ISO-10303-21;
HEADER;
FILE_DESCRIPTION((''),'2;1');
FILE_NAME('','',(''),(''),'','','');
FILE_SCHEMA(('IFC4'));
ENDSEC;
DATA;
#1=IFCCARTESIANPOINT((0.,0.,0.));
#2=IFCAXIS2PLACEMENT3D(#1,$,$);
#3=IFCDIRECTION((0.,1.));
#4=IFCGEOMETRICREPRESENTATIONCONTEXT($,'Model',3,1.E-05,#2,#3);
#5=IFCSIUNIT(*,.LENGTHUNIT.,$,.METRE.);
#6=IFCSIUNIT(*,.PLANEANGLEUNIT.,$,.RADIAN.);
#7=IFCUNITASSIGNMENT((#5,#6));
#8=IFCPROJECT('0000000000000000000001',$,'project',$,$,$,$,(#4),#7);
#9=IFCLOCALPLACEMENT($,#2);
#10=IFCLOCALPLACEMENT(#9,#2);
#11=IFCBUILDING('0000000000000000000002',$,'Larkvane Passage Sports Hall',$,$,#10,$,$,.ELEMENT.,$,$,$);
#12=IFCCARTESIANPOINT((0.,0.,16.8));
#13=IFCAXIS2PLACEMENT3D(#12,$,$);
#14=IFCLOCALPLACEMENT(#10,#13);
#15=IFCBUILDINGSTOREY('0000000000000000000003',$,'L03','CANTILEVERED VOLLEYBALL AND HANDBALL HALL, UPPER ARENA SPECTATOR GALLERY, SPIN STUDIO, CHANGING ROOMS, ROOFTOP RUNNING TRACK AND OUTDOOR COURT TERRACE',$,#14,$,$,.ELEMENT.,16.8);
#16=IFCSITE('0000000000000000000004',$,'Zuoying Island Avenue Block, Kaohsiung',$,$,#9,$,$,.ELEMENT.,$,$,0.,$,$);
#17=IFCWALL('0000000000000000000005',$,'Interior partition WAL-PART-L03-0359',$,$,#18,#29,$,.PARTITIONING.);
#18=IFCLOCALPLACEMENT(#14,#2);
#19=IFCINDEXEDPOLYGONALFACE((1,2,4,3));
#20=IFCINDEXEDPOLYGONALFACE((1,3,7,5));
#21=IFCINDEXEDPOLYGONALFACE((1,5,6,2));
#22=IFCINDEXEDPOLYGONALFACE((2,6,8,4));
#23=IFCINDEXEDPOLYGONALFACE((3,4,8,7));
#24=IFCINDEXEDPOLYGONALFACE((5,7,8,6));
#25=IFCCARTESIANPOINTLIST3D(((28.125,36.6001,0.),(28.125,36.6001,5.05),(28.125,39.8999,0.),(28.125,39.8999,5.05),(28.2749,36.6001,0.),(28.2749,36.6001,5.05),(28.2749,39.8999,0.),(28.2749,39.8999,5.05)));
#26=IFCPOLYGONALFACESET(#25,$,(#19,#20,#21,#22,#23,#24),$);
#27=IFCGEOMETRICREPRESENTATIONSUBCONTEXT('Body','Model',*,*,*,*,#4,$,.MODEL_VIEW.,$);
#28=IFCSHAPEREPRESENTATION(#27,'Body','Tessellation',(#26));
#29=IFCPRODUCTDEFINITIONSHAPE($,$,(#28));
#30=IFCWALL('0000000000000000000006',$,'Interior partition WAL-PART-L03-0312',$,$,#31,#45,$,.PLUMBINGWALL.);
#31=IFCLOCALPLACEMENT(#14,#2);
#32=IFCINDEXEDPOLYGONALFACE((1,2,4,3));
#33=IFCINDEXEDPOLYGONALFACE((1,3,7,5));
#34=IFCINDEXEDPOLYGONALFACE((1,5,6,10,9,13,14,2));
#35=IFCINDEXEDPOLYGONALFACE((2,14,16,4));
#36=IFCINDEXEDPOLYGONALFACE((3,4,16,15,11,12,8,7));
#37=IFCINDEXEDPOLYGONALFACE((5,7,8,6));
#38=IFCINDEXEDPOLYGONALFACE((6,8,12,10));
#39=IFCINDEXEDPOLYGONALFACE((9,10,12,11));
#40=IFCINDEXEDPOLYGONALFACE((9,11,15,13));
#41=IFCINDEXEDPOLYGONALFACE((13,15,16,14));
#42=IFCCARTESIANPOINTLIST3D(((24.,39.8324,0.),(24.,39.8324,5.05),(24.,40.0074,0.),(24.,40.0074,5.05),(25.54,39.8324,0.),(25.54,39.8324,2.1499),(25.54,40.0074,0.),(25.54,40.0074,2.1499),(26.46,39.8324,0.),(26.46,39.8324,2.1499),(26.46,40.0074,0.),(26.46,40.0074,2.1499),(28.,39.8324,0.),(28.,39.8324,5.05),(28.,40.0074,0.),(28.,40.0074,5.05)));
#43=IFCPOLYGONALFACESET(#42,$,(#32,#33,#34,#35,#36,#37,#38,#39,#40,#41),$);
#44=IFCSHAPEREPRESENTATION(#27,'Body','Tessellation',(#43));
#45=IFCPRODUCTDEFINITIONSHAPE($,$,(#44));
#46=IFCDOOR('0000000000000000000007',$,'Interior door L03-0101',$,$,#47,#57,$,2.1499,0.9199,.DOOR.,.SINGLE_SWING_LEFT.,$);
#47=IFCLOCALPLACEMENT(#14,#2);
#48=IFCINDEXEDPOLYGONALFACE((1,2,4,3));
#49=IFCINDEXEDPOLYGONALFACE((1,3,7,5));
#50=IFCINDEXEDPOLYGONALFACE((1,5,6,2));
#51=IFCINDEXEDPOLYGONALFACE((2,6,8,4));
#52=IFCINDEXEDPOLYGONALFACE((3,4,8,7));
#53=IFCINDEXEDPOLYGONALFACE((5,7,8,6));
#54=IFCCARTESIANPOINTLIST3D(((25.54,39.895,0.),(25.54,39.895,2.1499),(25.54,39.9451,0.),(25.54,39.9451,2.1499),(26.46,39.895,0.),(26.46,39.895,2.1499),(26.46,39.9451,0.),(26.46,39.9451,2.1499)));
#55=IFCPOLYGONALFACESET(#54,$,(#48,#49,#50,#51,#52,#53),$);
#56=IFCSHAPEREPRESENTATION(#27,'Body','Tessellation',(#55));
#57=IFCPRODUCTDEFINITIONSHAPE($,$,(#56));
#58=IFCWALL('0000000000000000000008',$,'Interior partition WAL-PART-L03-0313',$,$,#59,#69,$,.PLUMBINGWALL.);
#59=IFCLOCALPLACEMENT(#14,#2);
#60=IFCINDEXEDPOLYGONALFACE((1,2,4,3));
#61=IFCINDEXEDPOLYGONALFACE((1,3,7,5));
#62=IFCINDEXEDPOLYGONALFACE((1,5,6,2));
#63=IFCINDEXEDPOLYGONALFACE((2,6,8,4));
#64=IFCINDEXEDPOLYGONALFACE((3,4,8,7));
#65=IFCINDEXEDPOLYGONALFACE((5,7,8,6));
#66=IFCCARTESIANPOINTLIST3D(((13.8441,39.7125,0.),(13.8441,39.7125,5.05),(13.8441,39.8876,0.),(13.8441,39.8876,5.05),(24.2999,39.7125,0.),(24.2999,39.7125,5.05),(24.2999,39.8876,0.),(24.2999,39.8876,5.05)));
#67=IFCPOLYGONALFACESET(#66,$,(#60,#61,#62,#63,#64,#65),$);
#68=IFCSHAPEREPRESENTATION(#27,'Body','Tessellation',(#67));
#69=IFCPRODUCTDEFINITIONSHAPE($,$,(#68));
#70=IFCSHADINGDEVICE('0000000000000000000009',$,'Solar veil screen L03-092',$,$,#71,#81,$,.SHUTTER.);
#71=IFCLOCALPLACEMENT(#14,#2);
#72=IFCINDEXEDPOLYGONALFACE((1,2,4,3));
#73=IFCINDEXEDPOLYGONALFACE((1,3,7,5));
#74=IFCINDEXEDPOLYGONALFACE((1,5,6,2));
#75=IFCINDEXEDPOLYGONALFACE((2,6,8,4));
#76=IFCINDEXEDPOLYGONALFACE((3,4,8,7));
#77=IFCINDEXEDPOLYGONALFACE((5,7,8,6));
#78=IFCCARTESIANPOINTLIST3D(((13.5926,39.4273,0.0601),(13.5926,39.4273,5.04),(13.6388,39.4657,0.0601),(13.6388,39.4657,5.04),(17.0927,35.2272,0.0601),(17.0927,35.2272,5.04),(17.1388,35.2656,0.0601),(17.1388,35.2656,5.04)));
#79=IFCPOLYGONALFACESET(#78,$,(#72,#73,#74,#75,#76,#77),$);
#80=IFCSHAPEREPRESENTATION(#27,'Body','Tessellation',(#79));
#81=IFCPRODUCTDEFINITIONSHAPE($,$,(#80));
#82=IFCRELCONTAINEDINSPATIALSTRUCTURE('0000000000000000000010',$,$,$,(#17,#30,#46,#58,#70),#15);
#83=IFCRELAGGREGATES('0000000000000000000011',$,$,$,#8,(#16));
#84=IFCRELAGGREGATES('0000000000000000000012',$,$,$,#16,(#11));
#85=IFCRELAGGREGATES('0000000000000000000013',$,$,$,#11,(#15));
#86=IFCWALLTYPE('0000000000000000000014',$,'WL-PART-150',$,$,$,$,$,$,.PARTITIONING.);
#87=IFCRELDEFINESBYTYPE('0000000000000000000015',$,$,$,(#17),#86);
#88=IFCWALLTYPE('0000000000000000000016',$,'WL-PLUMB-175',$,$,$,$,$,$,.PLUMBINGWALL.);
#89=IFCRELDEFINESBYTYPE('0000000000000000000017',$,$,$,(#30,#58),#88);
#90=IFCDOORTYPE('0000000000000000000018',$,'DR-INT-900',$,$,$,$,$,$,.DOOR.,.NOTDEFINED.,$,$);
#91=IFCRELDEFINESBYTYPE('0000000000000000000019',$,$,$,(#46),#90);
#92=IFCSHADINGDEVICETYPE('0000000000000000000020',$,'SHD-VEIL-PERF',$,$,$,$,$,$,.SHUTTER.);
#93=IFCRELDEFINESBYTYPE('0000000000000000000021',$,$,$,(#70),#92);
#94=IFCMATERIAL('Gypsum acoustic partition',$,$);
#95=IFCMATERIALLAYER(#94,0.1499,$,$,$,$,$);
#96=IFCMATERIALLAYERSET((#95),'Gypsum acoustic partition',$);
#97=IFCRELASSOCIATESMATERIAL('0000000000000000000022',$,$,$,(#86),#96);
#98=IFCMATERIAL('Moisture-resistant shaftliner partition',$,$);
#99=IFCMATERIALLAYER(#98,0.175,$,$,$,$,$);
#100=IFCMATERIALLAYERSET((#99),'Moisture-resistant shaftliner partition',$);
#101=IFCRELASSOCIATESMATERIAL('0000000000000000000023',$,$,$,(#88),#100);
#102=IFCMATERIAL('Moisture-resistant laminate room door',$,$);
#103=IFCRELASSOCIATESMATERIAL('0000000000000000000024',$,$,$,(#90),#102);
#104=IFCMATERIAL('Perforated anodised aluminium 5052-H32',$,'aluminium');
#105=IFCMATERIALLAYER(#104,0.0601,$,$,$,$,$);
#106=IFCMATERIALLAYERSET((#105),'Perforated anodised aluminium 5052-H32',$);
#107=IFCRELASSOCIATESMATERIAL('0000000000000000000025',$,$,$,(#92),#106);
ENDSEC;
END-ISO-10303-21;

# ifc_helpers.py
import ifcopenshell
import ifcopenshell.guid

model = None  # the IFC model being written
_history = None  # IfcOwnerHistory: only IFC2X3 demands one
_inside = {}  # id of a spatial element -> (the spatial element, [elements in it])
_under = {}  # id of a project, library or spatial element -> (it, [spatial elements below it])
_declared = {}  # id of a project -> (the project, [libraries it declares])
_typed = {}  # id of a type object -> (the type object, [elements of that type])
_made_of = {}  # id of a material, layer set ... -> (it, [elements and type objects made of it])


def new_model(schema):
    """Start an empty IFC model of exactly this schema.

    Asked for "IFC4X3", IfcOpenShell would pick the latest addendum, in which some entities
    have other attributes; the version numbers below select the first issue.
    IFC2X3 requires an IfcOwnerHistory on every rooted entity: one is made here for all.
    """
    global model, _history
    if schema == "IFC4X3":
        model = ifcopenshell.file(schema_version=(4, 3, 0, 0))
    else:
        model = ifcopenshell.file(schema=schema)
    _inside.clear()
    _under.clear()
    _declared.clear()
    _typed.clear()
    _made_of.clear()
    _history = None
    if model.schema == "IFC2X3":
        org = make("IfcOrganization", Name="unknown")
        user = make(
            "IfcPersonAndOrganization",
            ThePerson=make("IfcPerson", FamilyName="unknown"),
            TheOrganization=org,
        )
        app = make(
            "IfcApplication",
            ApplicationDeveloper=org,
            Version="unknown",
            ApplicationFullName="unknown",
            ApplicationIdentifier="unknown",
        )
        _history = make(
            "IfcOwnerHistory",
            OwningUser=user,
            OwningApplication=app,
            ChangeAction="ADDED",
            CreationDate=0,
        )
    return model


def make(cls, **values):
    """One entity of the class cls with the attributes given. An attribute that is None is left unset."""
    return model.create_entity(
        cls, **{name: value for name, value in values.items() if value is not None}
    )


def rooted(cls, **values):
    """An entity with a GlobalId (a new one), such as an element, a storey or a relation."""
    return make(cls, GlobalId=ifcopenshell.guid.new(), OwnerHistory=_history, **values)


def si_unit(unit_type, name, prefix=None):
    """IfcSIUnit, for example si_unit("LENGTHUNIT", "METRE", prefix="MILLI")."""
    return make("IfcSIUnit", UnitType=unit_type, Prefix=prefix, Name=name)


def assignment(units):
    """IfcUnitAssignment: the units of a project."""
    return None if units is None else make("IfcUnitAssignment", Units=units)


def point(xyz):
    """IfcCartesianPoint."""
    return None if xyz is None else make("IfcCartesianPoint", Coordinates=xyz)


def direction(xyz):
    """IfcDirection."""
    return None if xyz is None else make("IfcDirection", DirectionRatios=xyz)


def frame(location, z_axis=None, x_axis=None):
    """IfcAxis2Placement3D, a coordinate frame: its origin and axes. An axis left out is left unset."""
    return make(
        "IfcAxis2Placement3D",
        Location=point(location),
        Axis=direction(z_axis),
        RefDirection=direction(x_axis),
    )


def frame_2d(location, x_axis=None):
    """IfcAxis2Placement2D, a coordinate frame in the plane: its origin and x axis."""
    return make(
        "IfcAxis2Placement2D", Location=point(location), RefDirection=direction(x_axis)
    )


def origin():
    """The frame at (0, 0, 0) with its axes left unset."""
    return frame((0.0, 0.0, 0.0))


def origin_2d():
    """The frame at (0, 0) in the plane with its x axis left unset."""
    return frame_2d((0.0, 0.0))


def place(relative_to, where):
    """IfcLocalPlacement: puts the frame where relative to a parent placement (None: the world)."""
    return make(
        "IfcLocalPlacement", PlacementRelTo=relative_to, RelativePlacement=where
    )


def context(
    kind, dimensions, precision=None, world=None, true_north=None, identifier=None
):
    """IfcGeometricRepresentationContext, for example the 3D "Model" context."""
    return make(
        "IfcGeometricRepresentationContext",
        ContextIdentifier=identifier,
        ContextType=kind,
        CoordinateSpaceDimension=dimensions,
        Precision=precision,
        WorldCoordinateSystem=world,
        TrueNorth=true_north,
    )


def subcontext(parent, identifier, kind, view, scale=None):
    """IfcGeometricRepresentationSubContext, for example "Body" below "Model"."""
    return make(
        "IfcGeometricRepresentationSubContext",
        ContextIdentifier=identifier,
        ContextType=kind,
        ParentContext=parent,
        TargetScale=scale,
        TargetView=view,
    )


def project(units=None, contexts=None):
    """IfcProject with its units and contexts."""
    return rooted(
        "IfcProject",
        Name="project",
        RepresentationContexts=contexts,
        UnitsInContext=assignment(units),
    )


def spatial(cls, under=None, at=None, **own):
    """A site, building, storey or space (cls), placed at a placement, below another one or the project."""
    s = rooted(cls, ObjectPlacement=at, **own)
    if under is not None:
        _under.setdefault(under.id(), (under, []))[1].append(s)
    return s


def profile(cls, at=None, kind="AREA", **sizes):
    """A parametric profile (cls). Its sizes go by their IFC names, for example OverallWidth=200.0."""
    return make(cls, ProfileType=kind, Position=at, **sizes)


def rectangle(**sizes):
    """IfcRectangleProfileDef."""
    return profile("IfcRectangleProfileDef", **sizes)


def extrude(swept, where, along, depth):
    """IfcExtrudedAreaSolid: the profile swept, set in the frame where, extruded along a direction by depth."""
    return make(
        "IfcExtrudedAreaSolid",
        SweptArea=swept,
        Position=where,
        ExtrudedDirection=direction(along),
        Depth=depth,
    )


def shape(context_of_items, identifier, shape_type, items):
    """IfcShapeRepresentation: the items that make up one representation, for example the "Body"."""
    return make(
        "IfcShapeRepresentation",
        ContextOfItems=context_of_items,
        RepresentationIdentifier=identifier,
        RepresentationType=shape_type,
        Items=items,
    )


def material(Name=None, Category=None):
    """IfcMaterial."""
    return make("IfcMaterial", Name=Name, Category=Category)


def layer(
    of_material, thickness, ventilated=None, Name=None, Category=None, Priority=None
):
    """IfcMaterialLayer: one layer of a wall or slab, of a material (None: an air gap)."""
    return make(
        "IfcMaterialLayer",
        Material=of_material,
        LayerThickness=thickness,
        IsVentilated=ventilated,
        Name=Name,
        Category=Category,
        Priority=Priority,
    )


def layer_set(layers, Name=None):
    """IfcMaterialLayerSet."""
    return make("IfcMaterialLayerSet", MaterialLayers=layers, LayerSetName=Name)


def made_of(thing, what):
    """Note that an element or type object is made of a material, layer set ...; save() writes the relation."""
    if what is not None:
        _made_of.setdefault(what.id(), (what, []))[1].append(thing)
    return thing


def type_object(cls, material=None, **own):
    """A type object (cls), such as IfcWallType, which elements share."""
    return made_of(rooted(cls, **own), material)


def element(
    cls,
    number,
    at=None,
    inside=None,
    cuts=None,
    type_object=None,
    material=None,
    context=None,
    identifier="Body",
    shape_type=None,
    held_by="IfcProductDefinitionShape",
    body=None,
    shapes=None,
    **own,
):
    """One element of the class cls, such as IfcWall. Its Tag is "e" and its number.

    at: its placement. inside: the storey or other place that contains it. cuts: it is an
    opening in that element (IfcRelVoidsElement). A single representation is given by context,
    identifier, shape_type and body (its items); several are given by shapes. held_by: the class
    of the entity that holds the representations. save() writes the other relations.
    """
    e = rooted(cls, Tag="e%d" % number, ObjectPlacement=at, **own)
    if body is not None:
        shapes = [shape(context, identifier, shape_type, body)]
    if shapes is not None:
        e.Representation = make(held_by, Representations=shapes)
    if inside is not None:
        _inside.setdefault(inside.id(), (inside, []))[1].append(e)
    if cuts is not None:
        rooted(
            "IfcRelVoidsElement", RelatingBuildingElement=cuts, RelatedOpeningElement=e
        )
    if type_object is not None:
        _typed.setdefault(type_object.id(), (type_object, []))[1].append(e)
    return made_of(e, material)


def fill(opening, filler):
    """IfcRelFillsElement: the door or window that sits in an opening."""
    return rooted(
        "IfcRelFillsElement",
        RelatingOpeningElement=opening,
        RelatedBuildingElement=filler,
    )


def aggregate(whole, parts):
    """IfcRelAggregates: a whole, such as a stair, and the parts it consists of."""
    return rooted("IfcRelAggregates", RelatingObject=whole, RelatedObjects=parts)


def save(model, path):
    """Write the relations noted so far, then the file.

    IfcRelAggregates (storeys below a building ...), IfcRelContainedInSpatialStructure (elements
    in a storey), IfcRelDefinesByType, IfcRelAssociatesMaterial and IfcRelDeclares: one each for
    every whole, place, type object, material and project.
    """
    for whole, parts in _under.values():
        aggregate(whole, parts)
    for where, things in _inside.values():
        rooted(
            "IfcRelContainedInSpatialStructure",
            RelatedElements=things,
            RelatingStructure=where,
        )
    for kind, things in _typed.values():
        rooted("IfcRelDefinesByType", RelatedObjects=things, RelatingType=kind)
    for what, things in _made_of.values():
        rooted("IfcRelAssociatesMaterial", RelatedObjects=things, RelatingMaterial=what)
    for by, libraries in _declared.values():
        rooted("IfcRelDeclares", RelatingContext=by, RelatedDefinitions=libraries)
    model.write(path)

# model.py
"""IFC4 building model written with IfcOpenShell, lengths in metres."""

from ifc_helpers import new_model, si_unit, direction, frame, frame_2d, origin, origin_2d, place, context, subcontext, project, spatial, rectangle, extrude, material, layer, layer_set, type_object, element, fill, save


model = new_model("IFC4")

# Units and contexts
model_context = context("Model", 3, precision=1e-05, world=origin(), true_north=direction((0.0, 1.0)))
body_context = subcontext(model_context, "Body", "Model", "MODEL_VIEW")
ifc_project = project(units=[si_unit("LENGTHUNIT", "METRE"), si_unit("PLANEANGLEUNIT", "RADIAN")], contexts=[model_context])

# Site, building, storey
site_placement = place(None, origin())
site = spatial("IfcSite", under=ifc_project, at=site_placement, Name="Zuoying Island Avenue Block, Kaohsiung", CompositionType="ELEMENT", RefElevation=0.0)
building_placement = place(site_placement, origin())
building = spatial("IfcBuilding", under=site, at=building_placement, Name="Larkvane Passage Sports Hall", CompositionType="ELEMENT")
storey_placement = place(building_placement, frame((0.0, 0.0, 16.8)))
storey = spatial("IfcBuildingStorey", under=building, at=storey_placement, Name="L03", Description="CANTILEVERED VOLLEYBALL AND HANDBALL HALL, UPPER ARENA SPECTATOR GALLERY, SPIN STUDIO, CHANGING ROOMS, ROOFTOP RUNNING TRACK AND OUTDOOR COURT TERRACE", CompositionType="ELEMENT", Elevation=16.8)

# Wall
ifc_material_1 = material(Name="Gypsum acoustic partition")
ifc_layer_1 = layer(ifc_material_1, 0.1499)
ifc_layer_set_1 = layer_set([ifc_layer_1], Name="Gypsum acoustic partition")
wall_type_1 = type_object("IfcWallType", Name="WL-PART-150", PredefinedType="PARTITIONING", material=ifc_layer_set_1)
wall_1_placement = place(storey_placement, frame((28.2, 39.8999, 0.0), z_axis=(0.0, 0.0, 1.0), x_axis=(0.0, -1.0, 0.0)))
element("IfcWall", 1, at=wall_1_placement, inside=storey, type_object=wall_type_1, Name="Interior partition WAL-PART-L03-0359", PredefinedType="PARTITIONING", context=body_context, shape_type="SweptSolid", body=[
    extrude(rectangle(XDim=3.2998, YDim=0.1499, at=frame_2d((1.6499, 0.0))), origin(), (0.0, 0.0, 1.0), 5.05),
])

# Wall, opening, door
ifc_material_2 = material(Name="Moisture-resistant shaftliner partition")
ifc_layer_2 = layer(ifc_material_2, 0.175)
ifc_layer_set_2 = layer_set([ifc_layer_2], Name="Moisture-resistant shaftliner partition")
wall_type_2 = type_object("IfcWallType", Name="WL-PLUMB-175", PredefinedType="PLUMBINGWALL", material=ifc_layer_set_2)
wall_2_placement = place(storey_placement, frame((28.0, 39.9199, 0.0), z_axis=(0.0, 0.0, 1.0), x_axis=(-1.0, 0.0, 0.0)))
wall_2 = element("IfcWall", 2, at=wall_2_placement, inside=storey, type_object=wall_type_2, Name="Interior partition WAL-PART-L03-0312", PredefinedType="PLUMBINGWALL", context=body_context, shape_type="SweptSolid", body=[
    extrude(rectangle(XDim=4.0, YDim=0.175, at=frame_2d((2.0, 0.0))), origin(), (0.0, 0.0, 1.0), 5.05),
])
opening_placement = place(wall_2_placement, frame((1.54, 0.0, 0.0)))
opening = element("IfcOpeningElement", 3, at=opening_placement, cuts=wall_2, PredefinedType="OPENING", context=body_context, shape_type="SweptSolid", body=[
    extrude(rectangle(XDim=0.9199, YDim=2.1499, at=frame_2d((0.46, 1.075))), frame((0.0, 0.0974, 0.0), z_axis=(0.0, -1.0, 0.0), x_axis=(1.0, 0.0, 0.0)), (0.0, 0.0, 1.0), 0.1951),
])
ifc_material_3 = material(Name="Moisture-resistant laminate room door")
door_type = type_object("IfcDoorType", Name="DR-INT-900", OperationType="NOTDEFINED", PredefinedType="DOOR", material=ifc_material_3)
door_placement = place(opening_placement, origin())
door = element("IfcDoor", 4, at=door_placement, inside=storey, type_object=door_type, Name="Interior door L03-0101", OperationType="SINGLE_SWING_LEFT", OverallHeight=2.1499, OverallWidth=0.9199, PredefinedType="DOOR", context=body_context, shape_type="SweptSolid", body=[
    extrude(rectangle(XDim=0.9199, YDim=2.1499, at=frame_2d((0.46, 1.075))), frame((0.0, 0.0249, 0.0), z_axis=(0.0, -1.0, 0.0), x_axis=(1.0, 0.0, 0.0)), (0.0, 0.0, 1.0), 0.05),
])
fill(opening, door)

# Wall
wall_3_placement = place(storey_placement, frame((24.3, 39.8, 0.0), z_axis=(0.0, 0.0, 1.0), x_axis=(-1.0, 0.0, 0.0)))
element("IfcWall", 5, at=wall_3_placement, inside=storey, type_object=wall_type_2, Name="Interior partition WAL-PART-L03-0313", PredefinedType="PLUMBINGWALL", context=body_context, shape_type="SweptSolid", body=[
    extrude(rectangle(XDim=10.4558, YDim=0.175, at=frame_2d((5.228, 0.0))), origin(), (0.0, 0.0, 1.0), 5.05),
])

# Shading device
ifc_material_4 = material(Name="Perforated anodised aluminium 5052-H32", Category="aluminium")
ifc_layer_3 = layer(ifc_material_4, 0.0601)
ifc_layer_set_3 = layer_set([ifc_layer_3], Name="Perforated anodised aluminium 5052-H32")
shading_device_type = type_object("IfcShadingDeviceType", Name="SHD-VEIL-PERF", PredefinedType="SHUTTER", material=ifc_layer_set_3)
shading_device_placement = place(storey_placement, frame((15.3657, 37.3464, 0.0601), z_axis=(0.0, 0.0, 1.0), x_axis=(-0.640184, 0.768221, 0.0)))
element("IfcShadingDevice", 6, at=shading_device_placement, inside=storey, type_object=shading_device_type, Name="Solar veil screen L03-092", PredefinedType="SHUTTER", context=body_context, shape_type="SweptSolid", body=[
    extrude(rectangle(XDim=5.4673, YDim=0.0601, at=origin_2d()), origin(), (0.0, 0.0, 1.0), 4.98),
])

save(model, "model.ifc")
